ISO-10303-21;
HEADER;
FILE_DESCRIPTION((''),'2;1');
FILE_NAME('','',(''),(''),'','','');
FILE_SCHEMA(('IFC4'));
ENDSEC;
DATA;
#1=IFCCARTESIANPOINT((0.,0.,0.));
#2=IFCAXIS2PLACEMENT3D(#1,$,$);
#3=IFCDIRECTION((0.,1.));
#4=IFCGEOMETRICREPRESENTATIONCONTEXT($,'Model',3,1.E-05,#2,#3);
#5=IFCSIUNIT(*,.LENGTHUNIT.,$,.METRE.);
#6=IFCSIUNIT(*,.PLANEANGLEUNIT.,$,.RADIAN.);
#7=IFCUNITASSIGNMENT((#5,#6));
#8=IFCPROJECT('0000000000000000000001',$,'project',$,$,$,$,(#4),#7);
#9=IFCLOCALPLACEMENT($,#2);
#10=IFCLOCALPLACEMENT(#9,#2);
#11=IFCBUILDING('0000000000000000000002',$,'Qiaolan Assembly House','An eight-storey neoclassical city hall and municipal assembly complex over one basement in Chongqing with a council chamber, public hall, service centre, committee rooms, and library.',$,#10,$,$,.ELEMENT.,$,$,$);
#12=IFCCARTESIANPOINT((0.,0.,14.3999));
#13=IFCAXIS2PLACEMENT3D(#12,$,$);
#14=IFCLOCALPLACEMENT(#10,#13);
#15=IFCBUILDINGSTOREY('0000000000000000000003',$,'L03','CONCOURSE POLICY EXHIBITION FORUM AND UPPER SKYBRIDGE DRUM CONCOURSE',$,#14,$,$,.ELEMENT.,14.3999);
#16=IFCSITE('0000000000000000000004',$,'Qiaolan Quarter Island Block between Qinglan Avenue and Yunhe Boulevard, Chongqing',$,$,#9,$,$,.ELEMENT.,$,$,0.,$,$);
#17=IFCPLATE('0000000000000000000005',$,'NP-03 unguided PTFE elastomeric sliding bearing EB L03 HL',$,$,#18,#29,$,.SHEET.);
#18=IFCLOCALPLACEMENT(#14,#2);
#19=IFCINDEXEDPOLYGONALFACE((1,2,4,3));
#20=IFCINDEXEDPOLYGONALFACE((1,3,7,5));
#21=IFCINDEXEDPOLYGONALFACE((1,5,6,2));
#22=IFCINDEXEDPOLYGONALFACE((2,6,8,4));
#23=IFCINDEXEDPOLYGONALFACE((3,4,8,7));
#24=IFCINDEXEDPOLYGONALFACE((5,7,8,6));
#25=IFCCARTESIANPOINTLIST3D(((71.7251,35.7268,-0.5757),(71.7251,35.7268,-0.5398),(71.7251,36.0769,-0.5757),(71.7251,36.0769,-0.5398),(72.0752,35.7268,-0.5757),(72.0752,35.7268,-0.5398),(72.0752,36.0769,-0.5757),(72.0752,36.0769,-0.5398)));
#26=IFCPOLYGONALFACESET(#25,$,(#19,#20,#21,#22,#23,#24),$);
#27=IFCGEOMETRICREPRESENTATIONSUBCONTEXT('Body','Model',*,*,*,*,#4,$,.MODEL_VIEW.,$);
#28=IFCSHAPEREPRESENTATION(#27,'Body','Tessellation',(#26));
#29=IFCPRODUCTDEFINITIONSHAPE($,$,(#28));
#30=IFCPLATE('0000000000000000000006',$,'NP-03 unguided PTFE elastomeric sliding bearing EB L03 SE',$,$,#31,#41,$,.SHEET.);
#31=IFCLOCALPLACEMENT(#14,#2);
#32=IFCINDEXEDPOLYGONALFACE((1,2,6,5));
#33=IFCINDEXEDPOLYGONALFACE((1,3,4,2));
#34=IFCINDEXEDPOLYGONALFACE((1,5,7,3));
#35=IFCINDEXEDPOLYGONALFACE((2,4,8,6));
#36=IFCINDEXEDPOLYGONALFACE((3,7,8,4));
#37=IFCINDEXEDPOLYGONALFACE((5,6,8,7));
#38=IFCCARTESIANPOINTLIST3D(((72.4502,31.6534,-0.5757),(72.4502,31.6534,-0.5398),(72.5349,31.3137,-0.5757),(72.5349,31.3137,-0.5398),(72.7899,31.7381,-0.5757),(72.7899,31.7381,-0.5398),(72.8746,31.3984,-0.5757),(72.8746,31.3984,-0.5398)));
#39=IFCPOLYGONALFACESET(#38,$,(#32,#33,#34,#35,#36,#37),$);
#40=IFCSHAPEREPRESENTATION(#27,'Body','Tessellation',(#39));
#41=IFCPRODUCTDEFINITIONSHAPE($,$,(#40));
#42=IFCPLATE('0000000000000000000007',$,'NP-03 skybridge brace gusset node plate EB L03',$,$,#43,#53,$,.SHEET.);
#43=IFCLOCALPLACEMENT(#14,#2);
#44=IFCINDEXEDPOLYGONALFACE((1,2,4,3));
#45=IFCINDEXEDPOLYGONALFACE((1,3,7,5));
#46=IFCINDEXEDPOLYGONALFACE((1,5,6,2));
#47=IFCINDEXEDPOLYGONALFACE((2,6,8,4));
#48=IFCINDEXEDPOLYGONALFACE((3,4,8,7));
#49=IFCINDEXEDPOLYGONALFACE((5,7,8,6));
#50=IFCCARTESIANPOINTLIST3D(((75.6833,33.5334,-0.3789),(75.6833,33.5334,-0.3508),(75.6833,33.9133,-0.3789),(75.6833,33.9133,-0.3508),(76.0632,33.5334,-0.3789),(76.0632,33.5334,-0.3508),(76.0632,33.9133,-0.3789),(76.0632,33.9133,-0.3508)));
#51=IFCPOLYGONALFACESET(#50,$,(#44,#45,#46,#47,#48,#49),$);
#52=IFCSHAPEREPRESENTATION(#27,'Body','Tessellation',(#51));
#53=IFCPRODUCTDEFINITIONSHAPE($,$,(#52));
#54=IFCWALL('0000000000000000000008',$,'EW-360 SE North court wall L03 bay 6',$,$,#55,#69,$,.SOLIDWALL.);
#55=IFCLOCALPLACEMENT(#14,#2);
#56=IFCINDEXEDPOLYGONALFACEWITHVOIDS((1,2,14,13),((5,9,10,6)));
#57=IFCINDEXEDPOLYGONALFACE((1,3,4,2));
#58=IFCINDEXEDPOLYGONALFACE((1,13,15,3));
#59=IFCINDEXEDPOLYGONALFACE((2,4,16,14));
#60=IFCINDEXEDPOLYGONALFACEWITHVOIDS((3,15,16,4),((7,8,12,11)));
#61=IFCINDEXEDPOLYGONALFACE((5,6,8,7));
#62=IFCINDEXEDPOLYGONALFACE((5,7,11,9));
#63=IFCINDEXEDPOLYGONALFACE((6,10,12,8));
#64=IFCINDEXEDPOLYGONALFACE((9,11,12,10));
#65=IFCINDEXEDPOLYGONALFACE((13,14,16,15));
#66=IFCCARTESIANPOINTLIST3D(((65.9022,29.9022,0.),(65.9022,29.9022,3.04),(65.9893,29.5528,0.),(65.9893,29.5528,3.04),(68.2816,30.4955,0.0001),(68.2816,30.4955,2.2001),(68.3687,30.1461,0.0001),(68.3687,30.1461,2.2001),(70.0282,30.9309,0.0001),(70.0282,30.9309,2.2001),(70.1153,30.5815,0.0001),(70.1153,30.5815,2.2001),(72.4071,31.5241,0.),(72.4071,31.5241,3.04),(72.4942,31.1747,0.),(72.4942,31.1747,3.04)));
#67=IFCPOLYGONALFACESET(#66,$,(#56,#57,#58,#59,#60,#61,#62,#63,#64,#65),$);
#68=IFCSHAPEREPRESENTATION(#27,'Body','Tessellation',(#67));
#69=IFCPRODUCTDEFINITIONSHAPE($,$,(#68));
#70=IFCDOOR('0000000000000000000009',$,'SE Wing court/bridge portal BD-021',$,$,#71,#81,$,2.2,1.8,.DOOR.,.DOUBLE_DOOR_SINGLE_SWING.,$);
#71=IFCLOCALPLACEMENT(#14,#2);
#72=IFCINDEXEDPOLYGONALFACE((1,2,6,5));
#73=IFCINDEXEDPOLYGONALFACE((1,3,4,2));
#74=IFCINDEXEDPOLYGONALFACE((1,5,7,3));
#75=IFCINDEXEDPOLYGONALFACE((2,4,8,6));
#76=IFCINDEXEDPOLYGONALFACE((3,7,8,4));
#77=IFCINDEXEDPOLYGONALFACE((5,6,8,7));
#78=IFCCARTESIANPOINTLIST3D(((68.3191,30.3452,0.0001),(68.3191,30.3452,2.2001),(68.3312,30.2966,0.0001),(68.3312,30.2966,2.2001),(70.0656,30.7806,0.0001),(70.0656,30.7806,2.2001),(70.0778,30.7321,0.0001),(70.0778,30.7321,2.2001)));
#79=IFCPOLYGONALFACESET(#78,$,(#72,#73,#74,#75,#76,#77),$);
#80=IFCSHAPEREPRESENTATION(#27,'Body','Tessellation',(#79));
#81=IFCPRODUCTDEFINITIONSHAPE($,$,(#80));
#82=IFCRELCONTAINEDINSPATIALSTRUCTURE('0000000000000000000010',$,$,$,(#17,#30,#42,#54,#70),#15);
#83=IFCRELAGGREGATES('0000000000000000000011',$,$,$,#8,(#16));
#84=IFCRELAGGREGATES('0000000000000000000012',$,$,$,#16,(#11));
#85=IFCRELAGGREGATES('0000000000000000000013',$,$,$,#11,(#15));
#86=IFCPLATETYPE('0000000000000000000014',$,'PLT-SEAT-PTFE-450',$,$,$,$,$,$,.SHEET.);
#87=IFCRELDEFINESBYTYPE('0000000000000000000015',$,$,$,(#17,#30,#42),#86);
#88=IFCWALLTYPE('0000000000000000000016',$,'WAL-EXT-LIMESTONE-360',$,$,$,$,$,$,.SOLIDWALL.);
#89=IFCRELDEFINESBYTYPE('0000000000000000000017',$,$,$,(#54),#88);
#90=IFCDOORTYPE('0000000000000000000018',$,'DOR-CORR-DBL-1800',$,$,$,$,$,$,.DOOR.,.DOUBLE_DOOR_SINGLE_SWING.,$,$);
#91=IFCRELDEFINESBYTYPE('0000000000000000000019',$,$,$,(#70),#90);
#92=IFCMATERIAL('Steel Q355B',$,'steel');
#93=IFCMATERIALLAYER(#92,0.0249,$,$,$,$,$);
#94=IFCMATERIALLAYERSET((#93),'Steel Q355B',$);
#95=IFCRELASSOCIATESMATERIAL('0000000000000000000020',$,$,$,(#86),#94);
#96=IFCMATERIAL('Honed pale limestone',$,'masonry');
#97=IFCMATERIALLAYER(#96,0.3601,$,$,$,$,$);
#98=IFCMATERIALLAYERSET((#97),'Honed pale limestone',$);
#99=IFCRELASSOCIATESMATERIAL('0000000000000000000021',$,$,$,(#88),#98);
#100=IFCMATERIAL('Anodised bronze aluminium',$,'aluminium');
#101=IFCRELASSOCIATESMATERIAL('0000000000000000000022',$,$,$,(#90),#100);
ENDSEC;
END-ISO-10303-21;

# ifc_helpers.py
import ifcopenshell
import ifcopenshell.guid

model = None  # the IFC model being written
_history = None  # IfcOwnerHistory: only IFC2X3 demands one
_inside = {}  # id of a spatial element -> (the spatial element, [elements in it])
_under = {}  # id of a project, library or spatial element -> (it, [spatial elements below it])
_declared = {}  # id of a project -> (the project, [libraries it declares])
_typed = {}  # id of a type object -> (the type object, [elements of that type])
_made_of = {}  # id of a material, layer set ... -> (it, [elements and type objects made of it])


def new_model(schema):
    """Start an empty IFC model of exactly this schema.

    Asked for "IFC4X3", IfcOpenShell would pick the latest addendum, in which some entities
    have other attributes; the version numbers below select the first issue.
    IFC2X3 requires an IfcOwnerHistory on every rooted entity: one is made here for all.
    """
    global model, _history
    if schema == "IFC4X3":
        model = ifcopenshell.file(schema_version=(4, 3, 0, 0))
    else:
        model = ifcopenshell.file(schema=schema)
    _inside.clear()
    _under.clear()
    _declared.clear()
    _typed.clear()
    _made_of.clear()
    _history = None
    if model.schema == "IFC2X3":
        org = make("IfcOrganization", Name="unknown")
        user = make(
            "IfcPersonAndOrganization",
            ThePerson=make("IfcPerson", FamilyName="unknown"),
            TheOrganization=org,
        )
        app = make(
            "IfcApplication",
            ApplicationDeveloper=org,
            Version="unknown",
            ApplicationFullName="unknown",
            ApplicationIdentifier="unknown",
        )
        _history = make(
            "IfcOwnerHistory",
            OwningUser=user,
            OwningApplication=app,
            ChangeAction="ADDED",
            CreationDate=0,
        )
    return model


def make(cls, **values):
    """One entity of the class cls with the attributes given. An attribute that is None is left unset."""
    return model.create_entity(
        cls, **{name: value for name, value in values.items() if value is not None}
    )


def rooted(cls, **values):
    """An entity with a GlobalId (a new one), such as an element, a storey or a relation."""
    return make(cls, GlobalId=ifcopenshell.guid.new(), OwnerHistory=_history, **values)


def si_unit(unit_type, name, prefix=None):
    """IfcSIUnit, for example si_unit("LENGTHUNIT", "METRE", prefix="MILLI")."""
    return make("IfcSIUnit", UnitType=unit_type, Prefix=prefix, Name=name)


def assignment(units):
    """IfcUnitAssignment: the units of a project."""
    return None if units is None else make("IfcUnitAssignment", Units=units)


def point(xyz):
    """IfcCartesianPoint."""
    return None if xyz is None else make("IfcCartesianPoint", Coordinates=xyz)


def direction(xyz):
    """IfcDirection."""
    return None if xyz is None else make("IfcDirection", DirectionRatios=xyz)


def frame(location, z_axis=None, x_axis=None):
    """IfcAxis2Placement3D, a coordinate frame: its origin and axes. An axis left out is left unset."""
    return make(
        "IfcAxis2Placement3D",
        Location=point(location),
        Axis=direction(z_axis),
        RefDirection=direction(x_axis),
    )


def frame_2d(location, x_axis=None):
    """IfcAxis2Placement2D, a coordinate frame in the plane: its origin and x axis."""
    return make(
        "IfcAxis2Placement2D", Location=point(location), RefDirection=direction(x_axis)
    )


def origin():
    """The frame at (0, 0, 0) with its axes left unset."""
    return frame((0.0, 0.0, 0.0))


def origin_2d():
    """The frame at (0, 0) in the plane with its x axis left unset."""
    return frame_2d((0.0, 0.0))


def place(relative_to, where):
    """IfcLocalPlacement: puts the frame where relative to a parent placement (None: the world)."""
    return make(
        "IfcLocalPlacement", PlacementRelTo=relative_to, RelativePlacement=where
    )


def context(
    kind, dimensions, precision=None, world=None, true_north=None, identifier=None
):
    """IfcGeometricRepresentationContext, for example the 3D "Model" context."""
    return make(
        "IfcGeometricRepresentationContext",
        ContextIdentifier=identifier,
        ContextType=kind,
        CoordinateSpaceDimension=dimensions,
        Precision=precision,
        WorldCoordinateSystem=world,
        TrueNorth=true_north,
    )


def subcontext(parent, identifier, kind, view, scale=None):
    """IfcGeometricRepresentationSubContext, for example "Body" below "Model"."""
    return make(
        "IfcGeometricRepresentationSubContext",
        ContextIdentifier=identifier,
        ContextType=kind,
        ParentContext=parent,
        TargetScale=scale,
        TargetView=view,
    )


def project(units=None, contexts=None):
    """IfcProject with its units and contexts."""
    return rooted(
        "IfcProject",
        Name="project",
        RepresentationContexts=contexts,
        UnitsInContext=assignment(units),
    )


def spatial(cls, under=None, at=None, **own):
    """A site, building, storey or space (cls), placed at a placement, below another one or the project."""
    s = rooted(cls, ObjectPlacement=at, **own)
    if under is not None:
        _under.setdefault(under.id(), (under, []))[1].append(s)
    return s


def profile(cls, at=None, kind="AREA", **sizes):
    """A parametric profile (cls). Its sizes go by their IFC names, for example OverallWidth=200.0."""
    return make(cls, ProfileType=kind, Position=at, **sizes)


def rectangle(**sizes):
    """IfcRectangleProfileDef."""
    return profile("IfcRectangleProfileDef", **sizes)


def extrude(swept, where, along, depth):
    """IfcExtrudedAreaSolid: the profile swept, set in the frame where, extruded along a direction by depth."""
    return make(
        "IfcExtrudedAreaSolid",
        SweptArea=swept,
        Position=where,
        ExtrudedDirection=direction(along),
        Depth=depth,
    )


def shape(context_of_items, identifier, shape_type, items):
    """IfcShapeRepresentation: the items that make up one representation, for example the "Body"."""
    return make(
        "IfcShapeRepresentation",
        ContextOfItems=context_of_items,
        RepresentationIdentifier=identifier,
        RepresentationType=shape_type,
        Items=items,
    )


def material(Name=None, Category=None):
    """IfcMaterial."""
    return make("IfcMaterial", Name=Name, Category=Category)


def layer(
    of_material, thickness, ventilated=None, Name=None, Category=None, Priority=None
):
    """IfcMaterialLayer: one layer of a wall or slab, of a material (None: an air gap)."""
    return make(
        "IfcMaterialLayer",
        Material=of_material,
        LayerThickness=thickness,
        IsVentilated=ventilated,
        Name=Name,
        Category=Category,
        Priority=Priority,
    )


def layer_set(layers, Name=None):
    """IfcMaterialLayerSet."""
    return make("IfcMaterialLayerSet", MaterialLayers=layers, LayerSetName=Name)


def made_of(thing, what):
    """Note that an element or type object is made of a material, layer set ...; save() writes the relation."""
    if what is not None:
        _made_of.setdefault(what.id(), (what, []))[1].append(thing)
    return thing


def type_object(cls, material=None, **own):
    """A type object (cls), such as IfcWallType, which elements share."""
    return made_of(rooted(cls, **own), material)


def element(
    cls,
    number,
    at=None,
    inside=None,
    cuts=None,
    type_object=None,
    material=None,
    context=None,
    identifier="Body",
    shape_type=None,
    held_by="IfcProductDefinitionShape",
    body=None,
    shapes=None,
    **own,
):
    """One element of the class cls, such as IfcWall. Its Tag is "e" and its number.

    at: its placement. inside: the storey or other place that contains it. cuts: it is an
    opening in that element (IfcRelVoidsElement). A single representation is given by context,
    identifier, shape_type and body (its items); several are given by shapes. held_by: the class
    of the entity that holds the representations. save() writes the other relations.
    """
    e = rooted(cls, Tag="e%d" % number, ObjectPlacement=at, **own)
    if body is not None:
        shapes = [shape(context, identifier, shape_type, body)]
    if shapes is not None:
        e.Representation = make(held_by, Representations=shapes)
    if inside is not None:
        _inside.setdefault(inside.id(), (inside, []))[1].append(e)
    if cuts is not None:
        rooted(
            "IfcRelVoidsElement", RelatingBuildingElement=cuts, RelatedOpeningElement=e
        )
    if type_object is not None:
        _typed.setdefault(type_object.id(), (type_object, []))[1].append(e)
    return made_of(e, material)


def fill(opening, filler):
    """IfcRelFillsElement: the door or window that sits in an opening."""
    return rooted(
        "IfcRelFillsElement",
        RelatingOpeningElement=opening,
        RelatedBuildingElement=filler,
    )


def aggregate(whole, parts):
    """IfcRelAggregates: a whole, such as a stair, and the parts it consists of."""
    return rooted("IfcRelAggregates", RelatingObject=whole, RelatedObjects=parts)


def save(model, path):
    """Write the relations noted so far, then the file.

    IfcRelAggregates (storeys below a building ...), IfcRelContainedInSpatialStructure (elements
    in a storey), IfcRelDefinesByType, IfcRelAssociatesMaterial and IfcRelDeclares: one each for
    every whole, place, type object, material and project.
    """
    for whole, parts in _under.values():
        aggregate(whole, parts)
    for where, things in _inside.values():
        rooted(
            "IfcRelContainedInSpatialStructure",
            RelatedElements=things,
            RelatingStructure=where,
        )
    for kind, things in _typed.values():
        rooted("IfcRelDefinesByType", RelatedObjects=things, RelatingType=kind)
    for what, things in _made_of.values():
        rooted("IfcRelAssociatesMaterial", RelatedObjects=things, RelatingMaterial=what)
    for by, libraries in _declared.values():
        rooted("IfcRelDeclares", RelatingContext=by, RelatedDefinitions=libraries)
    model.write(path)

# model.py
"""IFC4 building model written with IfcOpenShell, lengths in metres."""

from ifc_helpers import new_model, si_unit, direction, frame, frame_2d, origin, origin_2d, place, context, subcontext, project, spatial, rectangle, extrude, material, layer, layer_set, type_object, element, fill, save


model = new_model("IFC4")

# Units and contexts
model_context = context("Model", 3, precision=1e-05, world=origin(), true_north=direction((0.0, 1.0)))
body_context = subcontext(model_context, "Body", "Model", "MODEL_VIEW")
ifc_project = project(units=[si_unit("LENGTHUNIT", "METRE"), si_unit("PLANEANGLEUNIT", "RADIAN")], contexts=[model_context])

# Site, building, storey
site_placement = place(None, origin())
site = spatial("IfcSite", under=ifc_project, at=site_placement, Name="Qiaolan Quarter Island Block between Qinglan Avenue and Yunhe Boulevard, Chongqing", CompositionType="ELEMENT", RefElevation=0.0)
building_placement = place(site_placement, origin())
building = spatial("IfcBuilding", under=site, at=building_placement, Name="Qiaolan Assembly House", Description="An eight-storey neoclassical city hall and municipal assembly complex over one basement in Chongqing with a council chamber, public hall, service centre, committee rooms, and library.", CompositionType="ELEMENT")
storey_placement = place(building_placement, frame((0.0, 0.0, 14.3999)))
storey = spatial("IfcBuildingStorey", under=building, at=storey_placement, Name="L03", Description="CONCOURSE POLICY EXHIBITION FORUM AND UPPER SKYBRIDGE DRUM CONCOURSE", CompositionType="ELEMENT", Elevation=14.3999)

# Shared definitions
ifc_material_1 = material(Name="Steel Q355B", Category="steel")

# Shared definitions
ifc_material_2 = material(Name="Anodised bronze aluminium", Category="aluminium")

# Plates
ifc_layer_1 = layer(ifc_material_1, 0.0249)
ifc_layer_set_1 = layer_set([ifc_layer_1], Name="Steel Q355B")
plate_type_1 = type_object("IfcPlateType", Name="PLT-SEAT-PTFE-450", PredefinedType="SHEET", material=ifc_layer_set_1)
for number, where, z_axis, x_axis, name in (
    (1, (71.9001, 35.9019, -0.5757), (0.0, 0.0, 1.0), (1.0, 0.0, 0.0), "NP-03 unguided PTFE elastomeric sliding bearing EB L03 HL"),
    (2, (72.6624, 31.5259, -0.5757), (0.0, 0.0, 1.0), (0.970296, 0.241922, 0.0), "NP-03 unguided PTFE elastomeric sliding bearing EB L03 SE"),
):
    element("IfcPlate", number, at=place(storey_placement, frame(where, z_axis=z_axis, x_axis=x_axis)), inside=storey, type_object=plate_type_1, Name=name, PredefinedType="SHEET", context=body_context, shape_type="SweptSolid", body=[
        extrude(rectangle(XDim=0.3501, YDim=0.3501, at=origin_2d()), origin(), (0.0, 0.0, 1.0), 0.0359),
    ])
plate_1_placement = place(storey_placement, frame((75.8733, 33.7234, -0.3789), z_axis=(0.0, 0.0, 1.0), x_axis=(1.0, 0.0, 0.0)))
element("IfcPlate", 3, at=plate_1_placement, inside=storey, type_object=plate_type_1, Name="NP-03 skybridge brace gusset node plate EB L03", PredefinedType="SHEET", context=body_context, shape_type="SweptSolid", body=[
    extrude(rectangle(XDim=0.3799, YDim=0.3799, at=origin_2d()), origin(), (0.0, 0.0, 1.0), 0.0281),
])

# Wall, opening, door
ifc_material_3 = material(Name="Honed pale limestone", Category="masonry")
ifc_layer_2 = layer(ifc_material_3, 0.3601)
ifc_layer_set_2 = layer_set([ifc_layer_2], Name="Honed pale limestone")
wall_type = type_object("IfcWallType", Name="WAL-EXT-LIMESTONE-360", PredefinedType="SOLIDWALL", material=ifc_layer_set_2)
wall_placement = place(storey_placement, frame((72.4507, 31.3494, 0.0), z_axis=(0.0, 0.0, 1.0), x_axis=(-0.970297, -0.241919, 0.0)))
wall = element("IfcWall", 4, at=wall_placement, inside=storey, type_object=wall_type, Name="EW-360 SE North court wall L03 bay 6", PredefinedType="SOLIDWALL", context=body_context, shape_type="SweptSolid", body=[
    extrude(rectangle(XDim=6.7041, YDim=0.3601, at=frame_2d((3.3521, 0.0))), origin(), (0.0, 0.0, 1.0), 3.04),
])
opening_placement = place(wall_placement, frame((2.4519, 0.0, 0.0)))
opening = element("IfcOpeningElement", 5, at=opening_placement, cuts=wall, PredefinedType="OPENING", context=body_context, shape_type="SweptSolid", body=[
    extrude(rectangle(XDim=1.8, YDim=2.2, at=frame_2d((0.8999, 1.1001))), frame((0.0, 0.1899, 0.0), z_axis=(0.0, -1.0, 0.0), x_axis=(1.0, 0.0, 0.0)), (0.0, 0.0, 1.0), 0.3801),
])
door_type = type_object("IfcDoorType", Name="DOR-CORR-DBL-1800", OperationType="DOUBLE_DOOR_SINGLE_SWING", PredefinedType="DOOR", material=ifc_material_2)
door_placement = place(opening_placement, origin())
door = element("IfcDoor", 6, at=door_placement, inside=storey, type_object=door_type, Name="SE Wing court/bridge portal BD-021", OperationType="DOUBLE_DOOR_SINGLE_SWING", OverallHeight=2.2, OverallWidth=1.8, PredefinedType="DOOR", context=body_context, shape_type="SweptSolid", body=[
    extrude(rectangle(XDim=1.8, YDim=2.2, at=frame_2d((0.8999, 1.1001))), frame((0.0, 0.0249, 0.0), z_axis=(0.0, -1.0, 0.0), x_axis=(1.0, 0.0, 0.0)), (0.0, 0.0, 1.0), 0.05),
])
fill(opening, door)

save(model, "model.ifc")
